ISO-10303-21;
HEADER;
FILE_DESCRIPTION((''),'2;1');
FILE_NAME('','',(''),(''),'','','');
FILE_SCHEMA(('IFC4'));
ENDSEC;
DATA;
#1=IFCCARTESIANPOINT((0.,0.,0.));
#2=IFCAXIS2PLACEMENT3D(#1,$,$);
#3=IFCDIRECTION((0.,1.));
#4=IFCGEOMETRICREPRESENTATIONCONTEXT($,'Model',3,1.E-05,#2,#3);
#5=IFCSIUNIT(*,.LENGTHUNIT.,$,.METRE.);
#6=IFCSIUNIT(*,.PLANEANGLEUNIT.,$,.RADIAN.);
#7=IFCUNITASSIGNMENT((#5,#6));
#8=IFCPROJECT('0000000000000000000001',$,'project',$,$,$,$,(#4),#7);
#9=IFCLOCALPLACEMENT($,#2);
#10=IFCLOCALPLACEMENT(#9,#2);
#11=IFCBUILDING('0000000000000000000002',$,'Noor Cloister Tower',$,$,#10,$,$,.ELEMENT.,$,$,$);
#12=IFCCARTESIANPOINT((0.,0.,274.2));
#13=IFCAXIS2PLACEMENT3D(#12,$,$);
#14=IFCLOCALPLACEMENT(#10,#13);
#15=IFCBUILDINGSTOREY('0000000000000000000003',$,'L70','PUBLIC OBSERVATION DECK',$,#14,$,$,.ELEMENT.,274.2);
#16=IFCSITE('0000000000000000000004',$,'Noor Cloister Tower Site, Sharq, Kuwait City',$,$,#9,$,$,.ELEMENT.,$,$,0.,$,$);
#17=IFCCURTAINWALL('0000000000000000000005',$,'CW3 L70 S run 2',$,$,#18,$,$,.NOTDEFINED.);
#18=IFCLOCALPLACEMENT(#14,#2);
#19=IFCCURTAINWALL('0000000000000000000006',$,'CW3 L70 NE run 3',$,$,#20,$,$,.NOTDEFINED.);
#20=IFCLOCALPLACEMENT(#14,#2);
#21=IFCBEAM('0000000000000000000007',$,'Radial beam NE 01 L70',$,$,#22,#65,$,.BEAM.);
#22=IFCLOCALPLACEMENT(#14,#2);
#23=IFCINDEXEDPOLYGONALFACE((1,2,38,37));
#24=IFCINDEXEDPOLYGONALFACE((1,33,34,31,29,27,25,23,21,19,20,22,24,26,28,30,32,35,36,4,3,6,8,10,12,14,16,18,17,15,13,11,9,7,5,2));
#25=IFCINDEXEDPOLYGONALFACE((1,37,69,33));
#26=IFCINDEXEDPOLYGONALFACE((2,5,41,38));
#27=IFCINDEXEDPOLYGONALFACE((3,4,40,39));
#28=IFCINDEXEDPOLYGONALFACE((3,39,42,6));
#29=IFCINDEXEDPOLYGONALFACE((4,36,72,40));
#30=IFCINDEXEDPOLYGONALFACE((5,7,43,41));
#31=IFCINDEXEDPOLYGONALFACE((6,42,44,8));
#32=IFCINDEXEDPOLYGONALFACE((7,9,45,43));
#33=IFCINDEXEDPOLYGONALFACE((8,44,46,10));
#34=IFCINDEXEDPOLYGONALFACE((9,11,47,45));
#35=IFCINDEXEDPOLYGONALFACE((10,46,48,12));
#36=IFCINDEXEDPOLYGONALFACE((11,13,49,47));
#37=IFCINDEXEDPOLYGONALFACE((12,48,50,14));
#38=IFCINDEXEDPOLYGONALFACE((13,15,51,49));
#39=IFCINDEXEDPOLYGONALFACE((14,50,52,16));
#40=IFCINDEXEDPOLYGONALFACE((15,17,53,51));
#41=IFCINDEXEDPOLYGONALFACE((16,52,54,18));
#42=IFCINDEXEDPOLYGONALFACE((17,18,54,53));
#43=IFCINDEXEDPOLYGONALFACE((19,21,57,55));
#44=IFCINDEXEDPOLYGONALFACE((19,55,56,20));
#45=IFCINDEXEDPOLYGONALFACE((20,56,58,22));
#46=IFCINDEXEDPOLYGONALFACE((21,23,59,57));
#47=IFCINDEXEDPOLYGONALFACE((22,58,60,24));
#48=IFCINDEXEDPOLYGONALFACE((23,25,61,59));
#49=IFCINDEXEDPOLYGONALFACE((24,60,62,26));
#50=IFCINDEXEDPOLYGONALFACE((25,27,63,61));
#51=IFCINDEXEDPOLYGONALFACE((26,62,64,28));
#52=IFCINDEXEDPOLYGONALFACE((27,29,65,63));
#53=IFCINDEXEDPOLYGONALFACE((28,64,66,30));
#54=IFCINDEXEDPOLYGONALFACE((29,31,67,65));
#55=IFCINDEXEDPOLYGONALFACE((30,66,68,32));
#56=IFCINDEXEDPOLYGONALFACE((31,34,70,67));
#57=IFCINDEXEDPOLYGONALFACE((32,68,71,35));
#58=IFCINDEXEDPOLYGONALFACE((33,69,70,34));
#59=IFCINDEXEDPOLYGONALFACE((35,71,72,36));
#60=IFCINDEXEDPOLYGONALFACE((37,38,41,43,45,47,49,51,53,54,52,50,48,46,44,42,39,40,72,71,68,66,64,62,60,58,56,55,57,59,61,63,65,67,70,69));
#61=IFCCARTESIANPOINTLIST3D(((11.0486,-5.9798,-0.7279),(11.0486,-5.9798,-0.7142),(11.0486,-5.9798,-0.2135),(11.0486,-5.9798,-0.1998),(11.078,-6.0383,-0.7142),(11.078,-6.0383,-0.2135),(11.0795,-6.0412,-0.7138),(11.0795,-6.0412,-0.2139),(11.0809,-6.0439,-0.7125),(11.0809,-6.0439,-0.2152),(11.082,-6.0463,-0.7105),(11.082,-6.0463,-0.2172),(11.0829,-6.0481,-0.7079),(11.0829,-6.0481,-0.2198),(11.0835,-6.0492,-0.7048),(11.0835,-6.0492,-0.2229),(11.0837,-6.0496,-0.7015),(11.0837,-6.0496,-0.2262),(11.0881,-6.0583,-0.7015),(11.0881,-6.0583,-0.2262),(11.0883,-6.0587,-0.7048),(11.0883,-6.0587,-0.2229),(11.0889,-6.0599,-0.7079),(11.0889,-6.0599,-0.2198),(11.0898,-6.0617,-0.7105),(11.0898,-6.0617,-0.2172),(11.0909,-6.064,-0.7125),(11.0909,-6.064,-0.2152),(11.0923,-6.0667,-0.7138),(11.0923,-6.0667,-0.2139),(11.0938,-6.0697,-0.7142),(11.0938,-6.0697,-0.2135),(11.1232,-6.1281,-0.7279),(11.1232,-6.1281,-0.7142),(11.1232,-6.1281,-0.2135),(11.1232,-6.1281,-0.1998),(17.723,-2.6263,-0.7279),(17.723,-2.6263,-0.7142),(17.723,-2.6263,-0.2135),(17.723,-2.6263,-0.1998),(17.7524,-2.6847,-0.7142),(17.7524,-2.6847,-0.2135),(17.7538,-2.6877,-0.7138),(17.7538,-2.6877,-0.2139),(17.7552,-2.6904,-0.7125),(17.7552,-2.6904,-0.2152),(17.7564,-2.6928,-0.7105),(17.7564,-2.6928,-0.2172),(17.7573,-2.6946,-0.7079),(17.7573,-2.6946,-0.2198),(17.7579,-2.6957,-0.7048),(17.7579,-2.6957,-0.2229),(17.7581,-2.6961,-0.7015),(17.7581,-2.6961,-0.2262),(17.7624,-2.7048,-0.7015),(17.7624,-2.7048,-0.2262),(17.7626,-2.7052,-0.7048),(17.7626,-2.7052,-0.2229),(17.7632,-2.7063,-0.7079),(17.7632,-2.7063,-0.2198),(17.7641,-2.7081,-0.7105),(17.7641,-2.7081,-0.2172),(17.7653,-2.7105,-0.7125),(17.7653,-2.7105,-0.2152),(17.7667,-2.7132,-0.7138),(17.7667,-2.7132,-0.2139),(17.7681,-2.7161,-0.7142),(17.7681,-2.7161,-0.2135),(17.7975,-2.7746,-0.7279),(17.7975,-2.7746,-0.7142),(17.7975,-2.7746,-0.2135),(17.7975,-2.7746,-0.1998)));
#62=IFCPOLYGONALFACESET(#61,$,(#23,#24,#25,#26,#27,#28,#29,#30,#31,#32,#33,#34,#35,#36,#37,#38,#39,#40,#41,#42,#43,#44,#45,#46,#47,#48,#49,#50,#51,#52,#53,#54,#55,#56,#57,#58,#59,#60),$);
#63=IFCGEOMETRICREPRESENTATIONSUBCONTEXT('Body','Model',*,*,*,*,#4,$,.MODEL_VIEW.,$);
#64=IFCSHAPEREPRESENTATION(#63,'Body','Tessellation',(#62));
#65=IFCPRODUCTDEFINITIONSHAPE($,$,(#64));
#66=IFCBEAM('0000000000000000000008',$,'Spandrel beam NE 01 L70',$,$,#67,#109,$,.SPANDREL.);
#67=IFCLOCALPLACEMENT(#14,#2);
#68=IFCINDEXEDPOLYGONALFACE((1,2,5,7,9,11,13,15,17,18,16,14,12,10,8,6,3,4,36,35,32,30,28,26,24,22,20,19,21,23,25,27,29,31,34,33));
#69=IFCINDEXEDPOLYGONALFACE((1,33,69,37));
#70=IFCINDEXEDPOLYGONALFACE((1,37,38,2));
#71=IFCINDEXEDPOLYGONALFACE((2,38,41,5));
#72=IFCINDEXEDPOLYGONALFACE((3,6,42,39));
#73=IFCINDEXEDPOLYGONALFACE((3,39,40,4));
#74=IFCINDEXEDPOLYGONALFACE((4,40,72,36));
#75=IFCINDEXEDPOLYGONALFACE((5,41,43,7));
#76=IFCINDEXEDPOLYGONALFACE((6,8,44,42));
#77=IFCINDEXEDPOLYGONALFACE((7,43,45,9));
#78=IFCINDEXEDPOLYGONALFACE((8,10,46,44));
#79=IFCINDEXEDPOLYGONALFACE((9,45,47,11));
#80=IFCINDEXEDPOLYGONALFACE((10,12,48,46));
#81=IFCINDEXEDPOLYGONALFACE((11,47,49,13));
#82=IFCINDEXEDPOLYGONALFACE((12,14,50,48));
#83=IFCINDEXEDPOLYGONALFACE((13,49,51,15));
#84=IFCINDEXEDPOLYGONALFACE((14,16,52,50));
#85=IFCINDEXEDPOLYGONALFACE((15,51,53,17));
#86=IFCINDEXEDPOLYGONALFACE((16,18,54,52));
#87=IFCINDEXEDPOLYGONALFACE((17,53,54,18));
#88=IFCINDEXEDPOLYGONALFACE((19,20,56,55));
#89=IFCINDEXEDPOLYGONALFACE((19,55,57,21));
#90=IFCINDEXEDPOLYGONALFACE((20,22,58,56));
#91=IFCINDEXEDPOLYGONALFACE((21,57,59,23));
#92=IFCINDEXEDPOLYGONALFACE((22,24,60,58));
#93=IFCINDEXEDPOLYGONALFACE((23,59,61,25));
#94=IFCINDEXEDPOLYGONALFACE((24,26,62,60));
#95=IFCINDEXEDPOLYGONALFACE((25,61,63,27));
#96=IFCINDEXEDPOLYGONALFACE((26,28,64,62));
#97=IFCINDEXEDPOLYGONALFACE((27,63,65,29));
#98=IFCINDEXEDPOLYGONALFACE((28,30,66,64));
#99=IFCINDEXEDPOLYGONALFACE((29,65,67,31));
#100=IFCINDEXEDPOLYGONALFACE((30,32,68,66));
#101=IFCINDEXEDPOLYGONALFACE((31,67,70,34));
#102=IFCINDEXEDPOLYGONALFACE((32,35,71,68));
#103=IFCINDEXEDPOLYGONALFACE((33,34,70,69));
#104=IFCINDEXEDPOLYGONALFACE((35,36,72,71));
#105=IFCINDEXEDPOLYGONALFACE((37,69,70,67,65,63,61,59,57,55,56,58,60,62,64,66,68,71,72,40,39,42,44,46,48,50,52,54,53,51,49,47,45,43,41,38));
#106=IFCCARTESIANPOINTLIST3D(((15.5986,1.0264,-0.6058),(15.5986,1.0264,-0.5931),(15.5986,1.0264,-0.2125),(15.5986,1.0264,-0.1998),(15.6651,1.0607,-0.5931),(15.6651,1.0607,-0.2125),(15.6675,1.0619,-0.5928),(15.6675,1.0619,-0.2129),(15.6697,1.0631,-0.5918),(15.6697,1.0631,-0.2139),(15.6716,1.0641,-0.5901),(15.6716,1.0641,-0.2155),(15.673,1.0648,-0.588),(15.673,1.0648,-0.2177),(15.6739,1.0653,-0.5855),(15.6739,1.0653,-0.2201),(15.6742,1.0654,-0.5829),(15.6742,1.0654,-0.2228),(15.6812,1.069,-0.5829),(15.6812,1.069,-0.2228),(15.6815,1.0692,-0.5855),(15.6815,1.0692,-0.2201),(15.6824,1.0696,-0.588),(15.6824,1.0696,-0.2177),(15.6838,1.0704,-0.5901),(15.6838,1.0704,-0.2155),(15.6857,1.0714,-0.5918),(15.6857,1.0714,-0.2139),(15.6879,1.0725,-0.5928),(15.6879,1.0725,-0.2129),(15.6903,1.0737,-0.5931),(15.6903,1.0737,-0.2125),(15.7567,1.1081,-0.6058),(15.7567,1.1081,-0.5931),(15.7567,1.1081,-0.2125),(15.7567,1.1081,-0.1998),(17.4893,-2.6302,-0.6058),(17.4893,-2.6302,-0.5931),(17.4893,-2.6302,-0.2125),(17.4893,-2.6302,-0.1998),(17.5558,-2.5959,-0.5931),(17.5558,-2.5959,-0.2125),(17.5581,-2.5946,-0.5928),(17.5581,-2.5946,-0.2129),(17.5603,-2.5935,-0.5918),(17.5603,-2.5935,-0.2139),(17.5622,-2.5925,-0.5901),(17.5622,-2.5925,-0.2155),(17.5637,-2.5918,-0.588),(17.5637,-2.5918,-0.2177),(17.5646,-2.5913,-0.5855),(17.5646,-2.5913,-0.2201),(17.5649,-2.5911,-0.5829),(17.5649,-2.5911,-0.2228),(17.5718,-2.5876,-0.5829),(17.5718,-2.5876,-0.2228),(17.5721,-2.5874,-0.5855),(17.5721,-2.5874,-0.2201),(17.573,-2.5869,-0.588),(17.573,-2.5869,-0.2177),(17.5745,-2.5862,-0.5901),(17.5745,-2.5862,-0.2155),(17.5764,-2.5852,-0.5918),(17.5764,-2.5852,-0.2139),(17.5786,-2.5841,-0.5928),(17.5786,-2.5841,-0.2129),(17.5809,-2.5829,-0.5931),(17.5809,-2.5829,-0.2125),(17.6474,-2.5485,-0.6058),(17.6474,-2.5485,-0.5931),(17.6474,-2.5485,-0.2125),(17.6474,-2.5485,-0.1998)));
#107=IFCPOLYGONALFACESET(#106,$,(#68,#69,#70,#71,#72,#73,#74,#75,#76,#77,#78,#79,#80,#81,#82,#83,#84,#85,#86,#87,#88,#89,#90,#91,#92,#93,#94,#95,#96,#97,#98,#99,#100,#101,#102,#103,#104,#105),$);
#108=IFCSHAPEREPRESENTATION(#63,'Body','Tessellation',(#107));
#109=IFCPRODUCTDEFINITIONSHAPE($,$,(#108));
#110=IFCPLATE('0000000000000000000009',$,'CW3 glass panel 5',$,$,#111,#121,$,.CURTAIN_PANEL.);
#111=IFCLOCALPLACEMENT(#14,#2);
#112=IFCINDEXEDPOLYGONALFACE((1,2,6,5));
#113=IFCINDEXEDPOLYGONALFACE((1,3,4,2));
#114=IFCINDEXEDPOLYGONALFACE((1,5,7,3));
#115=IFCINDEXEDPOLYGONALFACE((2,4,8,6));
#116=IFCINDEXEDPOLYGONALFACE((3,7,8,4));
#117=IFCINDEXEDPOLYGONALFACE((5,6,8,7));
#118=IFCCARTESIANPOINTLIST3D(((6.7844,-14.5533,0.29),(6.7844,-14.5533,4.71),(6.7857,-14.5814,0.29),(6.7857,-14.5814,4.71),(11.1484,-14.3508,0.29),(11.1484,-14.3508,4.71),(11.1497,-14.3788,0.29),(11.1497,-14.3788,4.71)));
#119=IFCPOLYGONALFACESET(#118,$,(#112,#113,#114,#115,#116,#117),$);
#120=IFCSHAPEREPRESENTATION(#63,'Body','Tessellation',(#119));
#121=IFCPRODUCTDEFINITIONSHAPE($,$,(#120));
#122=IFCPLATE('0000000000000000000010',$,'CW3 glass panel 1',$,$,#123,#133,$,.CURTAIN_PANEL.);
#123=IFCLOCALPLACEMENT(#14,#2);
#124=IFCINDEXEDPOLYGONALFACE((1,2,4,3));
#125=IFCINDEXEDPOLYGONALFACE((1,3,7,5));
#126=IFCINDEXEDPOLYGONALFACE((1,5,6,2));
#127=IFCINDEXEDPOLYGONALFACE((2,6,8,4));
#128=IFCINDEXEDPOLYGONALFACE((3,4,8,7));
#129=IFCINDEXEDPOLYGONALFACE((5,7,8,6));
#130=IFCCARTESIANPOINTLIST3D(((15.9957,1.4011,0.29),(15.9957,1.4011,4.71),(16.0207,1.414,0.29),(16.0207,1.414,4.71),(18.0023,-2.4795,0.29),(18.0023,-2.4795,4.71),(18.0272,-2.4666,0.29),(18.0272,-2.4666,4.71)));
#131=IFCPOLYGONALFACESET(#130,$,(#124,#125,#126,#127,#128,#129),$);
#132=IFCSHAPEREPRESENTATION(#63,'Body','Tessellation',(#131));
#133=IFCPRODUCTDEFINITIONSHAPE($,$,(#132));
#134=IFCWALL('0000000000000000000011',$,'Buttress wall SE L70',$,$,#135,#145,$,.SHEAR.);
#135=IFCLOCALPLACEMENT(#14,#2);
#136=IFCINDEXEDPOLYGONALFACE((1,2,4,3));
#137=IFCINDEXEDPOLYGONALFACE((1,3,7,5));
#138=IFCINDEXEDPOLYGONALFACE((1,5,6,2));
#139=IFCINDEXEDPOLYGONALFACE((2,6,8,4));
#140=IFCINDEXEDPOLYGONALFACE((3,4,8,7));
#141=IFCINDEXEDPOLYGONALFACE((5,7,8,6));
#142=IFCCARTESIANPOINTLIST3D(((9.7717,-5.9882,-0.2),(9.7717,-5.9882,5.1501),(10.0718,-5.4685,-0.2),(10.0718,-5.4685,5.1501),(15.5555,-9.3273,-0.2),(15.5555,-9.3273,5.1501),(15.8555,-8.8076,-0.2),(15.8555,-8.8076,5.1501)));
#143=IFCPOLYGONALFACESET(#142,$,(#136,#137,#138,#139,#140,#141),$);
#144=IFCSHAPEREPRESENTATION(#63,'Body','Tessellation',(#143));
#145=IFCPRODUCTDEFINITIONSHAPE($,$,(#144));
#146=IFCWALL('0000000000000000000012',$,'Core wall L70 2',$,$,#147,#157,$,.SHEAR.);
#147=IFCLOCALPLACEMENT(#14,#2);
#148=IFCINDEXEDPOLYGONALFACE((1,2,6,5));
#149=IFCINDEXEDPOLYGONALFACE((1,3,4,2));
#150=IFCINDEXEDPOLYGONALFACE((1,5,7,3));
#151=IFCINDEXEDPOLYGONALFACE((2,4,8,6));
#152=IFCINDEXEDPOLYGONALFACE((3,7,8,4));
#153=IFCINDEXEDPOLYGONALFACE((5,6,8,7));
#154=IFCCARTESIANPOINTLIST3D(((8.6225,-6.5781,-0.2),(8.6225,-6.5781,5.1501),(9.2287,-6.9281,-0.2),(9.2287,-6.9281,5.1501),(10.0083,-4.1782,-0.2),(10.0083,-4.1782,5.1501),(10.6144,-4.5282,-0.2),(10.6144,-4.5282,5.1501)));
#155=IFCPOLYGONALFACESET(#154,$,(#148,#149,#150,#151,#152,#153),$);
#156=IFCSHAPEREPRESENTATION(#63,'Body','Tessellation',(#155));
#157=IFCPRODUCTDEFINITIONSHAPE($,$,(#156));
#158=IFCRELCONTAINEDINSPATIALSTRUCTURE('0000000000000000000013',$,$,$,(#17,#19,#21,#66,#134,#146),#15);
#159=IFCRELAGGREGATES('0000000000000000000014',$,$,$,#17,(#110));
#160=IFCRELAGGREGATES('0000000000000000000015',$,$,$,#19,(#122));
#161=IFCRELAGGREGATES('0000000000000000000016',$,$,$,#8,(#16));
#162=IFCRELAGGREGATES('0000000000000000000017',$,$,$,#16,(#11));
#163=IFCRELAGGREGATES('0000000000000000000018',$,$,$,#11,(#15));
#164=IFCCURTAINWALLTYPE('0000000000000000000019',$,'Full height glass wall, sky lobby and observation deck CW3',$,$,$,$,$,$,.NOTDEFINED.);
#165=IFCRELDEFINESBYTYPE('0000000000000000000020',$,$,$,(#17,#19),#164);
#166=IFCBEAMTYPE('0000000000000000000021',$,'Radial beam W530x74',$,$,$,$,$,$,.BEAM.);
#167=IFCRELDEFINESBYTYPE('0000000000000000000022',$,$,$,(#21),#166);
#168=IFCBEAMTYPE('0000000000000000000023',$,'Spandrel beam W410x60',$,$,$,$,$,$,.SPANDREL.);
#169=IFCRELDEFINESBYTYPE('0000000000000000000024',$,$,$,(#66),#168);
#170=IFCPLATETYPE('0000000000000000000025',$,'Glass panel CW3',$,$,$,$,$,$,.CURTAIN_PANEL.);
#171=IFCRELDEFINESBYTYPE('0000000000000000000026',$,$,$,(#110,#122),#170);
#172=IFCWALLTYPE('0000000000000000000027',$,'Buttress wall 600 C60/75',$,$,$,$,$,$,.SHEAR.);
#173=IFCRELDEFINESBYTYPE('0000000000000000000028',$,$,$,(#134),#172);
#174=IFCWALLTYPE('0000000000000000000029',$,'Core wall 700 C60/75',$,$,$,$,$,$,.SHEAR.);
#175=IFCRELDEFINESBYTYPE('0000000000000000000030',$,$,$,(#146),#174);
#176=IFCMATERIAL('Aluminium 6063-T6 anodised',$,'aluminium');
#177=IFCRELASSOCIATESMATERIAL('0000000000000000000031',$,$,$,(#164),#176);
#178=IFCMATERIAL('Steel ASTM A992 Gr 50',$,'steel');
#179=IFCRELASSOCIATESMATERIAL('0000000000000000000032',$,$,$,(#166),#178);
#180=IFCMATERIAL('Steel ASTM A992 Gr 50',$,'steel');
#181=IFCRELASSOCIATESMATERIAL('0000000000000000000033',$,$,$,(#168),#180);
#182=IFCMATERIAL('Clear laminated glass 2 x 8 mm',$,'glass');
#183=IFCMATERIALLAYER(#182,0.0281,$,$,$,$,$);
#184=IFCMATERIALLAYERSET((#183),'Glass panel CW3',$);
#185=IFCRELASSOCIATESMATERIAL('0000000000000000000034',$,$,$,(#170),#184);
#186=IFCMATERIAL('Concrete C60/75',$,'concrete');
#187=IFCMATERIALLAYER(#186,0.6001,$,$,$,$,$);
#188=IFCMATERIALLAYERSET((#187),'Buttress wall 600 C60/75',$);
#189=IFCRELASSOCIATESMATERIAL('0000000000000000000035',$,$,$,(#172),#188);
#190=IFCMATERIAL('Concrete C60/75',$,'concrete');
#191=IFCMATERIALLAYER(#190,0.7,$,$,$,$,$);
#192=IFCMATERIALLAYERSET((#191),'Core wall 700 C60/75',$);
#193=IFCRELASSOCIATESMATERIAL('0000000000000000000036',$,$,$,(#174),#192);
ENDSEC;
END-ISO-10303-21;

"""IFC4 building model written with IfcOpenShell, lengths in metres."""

from ifc_helpers import new_model, si_unit, direction, frame, frame_2d, origin, origin_2d, place, context, subcontext, project, spatial, rectangle, i_section, extrude, material, layer, layer_set, material_profile, profile_set, type_object, element, aggregate, save


model = new_model("IFC4")

# Units and contexts
model_context = context("Model", 3, precision=1e-05, world=origin(), true_north=direction((0.0, 1.0)))
body_context = subcontext(model_context, "Body", "Model", "MODEL_VIEW")
ifc_project = project(units=[si_unit("LENGTHUNIT", "METRE"), si_unit("PLANEANGLEUNIT", "RADIAN")], contexts=[model_context])

# Site, building, storey
site_placement = place(None, origin())
site = spatial("IfcSite", under=ifc_project, at=site_placement, Name="Noor Cloister Tower Site, Sharq, Kuwait City", CompositionType="ELEMENT", RefElevation=0.0)
building_placement = place(site_placement, origin())
building = spatial("IfcBuilding", under=site, at=building_placement, Name="Noor Cloister Tower", CompositionType="ELEMENT")
storey_placement = place(building_placement, frame((0.0, 0.0, 274.2)))
storey = spatial("IfcBuildingStorey", under=building, at=storey_placement, Name="L70", Description="PUBLIC OBSERVATION DECK", CompositionType="ELEMENT", Elevation=274.2)

# Curtain walls
ifc_material_1 = material(Name="Aluminium 6063-T6 anodised", Category="aluminium")
curtain_wall_type = type_object("IfcCurtainWallType", Name="Full height glass wall, sky lobby and observation deck CW3", PredefinedType="NOTDEFINED", material=ifc_material_1)
curtain_wall_1_placement = place(storey_placement, origin())
curtain_wall_1 = element("IfcCurtainWall", 1, at=curtain_wall_1_placement, inside=storey, type_object=curtain_wall_type, Name="CW3 L70 S run 2", PredefinedType="NOTDEFINED")
curtain_wall_2_placement = place(storey_placement, origin())
curtain_wall_2 = element("IfcCurtainWall", 2, at=curtain_wall_2_placement, inside=storey, type_object=curtain_wall_type, Name="CW3 L70 NE run 3", PredefinedType="NOTDEFINED")

# Beams
ifc_material_2 = material(Name="Steel ASTM A992 Gr 50", Category="steel")
ifc_material_profile_1 = material_profile(ifc_material_2, i_section(OverallWidth=0.166, OverallDepth=0.5281, WebThickness=0.0098, FlangeThickness=0.0137, FilletRadius=0.0127, at=origin_2d()), Name="W530x74")
ifc_profile_set_1 = profile_set([ifc_material_profile_1], Name="Steel ASTM A992 Gr 50")
beam_type_1 = type_object("IfcBeamType", Name="Radial beam W530x74", PredefinedType="BEAM", material=ifc_profile_set_1)
beam_1_placement = place(storey_placement, frame((17.7603, -2.7004, -0.4639), z_axis=(-0.89355, -0.448965, 0.0), x_axis=(0.448965, -0.89355, 0.0)))
element("IfcBeam", 3, at=beam_1_placement, inside=storey, type_object=beam_type_1, Name="Radial beam NE 01 L70", PredefinedType="BEAM", context=body_context, shape_type="SweptSolid", body=[
    extrude(i_section(OverallWidth=0.166, OverallDepth=0.5281, WebThickness=0.0098, FlangeThickness=0.0137, FilletRadius=0.0127, at=origin_2d()), origin(), (0.0, 0.0, 1.0), 7.4695),
])
ifc_material_3 = material(Name="Steel ASTM A992 Gr 50", Category="steel")
ifc_material_profile_2 = material_profile(ifc_material_3, i_section(OverallWidth=0.178, OverallDepth=0.406, WebThickness=0.0078, FlangeThickness=0.0127, FilletRadius=0.0103, at=origin_2d()), Name="W410x60")
ifc_profile_set_2 = profile_set([ifc_material_profile_2], Name="Steel ASTM A992 Gr 50")
beam_type_2 = type_object("IfcBeamType", Name="Spandrel beam W410x60", PredefinedType="SPANDREL", material=ifc_profile_set_2)
beam_2_placement = place(storey_placement, frame((17.5684, -2.5894, -0.4028), z_axis=(-0.459295, 0.888284, 0.0), x_axis=(-0.888284, -0.459295, 0.0)))
element("IfcBeam", 4, at=beam_2_placement, inside=storey, type_object=beam_type_2, Name="Spandrel beam NE 01 L70", PredefinedType="SPANDREL", context=body_context, shape_type="SweptSolid", body=[
    extrude(i_section(OverallWidth=0.178, OverallDepth=0.406, WebThickness=0.0078, FlangeThickness=0.0127, FilletRadius=0.0103, at=origin_2d()), origin(), (0.0, 0.0, 1.0), 4.1165),
])

# Plates
ifc_material_4 = material(Name="Clear laminated glass 2 x 8 mm", Category="glass")
ifc_layer_1 = layer(ifc_material_4, 0.0281)
ifc_layer_set_1 = layer_set([ifc_layer_1], Name="Glass panel CW3")
plate_type = type_object("IfcPlateType", Name="Glass panel CW3", PredefinedType="CURTAIN_PANEL", material=ifc_layer_set_1)
plate_1_placement = place(storey_placement, frame((8.967, -14.4661, 0.29), z_axis=(0.0, 0.0, 1.0), x_axis=(0.998924, 0.046368, 0.0)))
plate_1 = element("IfcPlate", 5, at=plate_1_placement, type_object=plate_type, Name="CW3 glass panel 5", PredefinedType="CURTAIN_PANEL", context=body_context, shape_type="SweptSolid", body=[
    extrude(rectangle(XDim=4.3687, YDim=0.0281, at=origin_2d()), origin(), (0.0, 0.0, 1.0), 4.4199),
])
aggregate(curtain_wall_1, [plate_1])
plate_2_placement = place(storey_placement, frame((17.0115, -0.5327, 0.29), z_axis=(0.0, 0.0, 1.0), x_axis=(-0.459306, 0.888278, 0.0)))
plate_2 = element("IfcPlate", 6, at=plate_2_placement, type_object=plate_type, Name="CW3 glass panel 1", PredefinedType="CURTAIN_PANEL", context=body_context, shape_type="SweptSolid", body=[
    extrude(rectangle(XDim=4.3687, YDim=0.0281, at=origin_2d()), origin(), (0.0, 0.0, 1.0), 4.4199),
])
aggregate(curtain_wall_2, [plate_2])

# Walls
ifc_material_5 = material(Name="Concrete C60/75", Category="concrete")
ifc_layer_2 = layer(ifc_material_5, 0.6001)
ifc_layer_set_2 = layer_set([ifc_layer_2], Name="Buttress wall 600 C60/75")
wall_type_1 = type_object("IfcWallType", Name="Buttress wall 600 C60/75", PredefinedType="SHEAR", material=ifc_layer_set_2)
wall_1_placement = place(storey_placement, frame((9.9216, -5.7283, -0.2), z_axis=(0.0, 0.0, 1.0), x_axis=(0.866032, -0.499988, 0.0)))
element("IfcWall", 7, at=wall_1_placement, inside=storey, type_object=wall_type_1, Name="Buttress wall SE L70", PredefinedType="SHEAR", context=body_context, shape_type="SweptSolid", body=[
    extrude(rectangle(XDim=6.6785, YDim=0.6001, at=frame_2d((3.3394, 0.0))), origin(), (0.0, 0.0, 1.0), 5.3501),
])
ifc_material_6 = material(Name="Concrete C60/75", Category="concrete")
ifc_layer_3 = layer(ifc_material_6, 0.7)
ifc_layer_set_3 = layer_set([ifc_layer_3], Name="Core wall 700 C60/75")
wall_type_2 = type_object("IfcWallType", Name="Core wall 700 C60/75", PredefinedType="SHEAR", material=ifc_layer_set_3)
wall_2_placement = place(storey_placement, frame((8.9255, -6.7532, -0.2), z_axis=(0.0, 0.0, 1.0), x_axis=(0.500043, 0.866001, 0.0)))
element("IfcWall", 8, at=wall_2_placement, inside=storey, type_object=wall_type_2, Name="Core wall L70 2", PredefinedType="SHEAR", context=body_context, shape_type="SweptSolid", body=[
    extrude(rectangle(XDim=2.7712, YDim=0.7, at=frame_2d((1.3857, 0.0))), origin(), (0.0, 0.0, 1.0), 5.3501),
])

save(model, "model.ifc")
